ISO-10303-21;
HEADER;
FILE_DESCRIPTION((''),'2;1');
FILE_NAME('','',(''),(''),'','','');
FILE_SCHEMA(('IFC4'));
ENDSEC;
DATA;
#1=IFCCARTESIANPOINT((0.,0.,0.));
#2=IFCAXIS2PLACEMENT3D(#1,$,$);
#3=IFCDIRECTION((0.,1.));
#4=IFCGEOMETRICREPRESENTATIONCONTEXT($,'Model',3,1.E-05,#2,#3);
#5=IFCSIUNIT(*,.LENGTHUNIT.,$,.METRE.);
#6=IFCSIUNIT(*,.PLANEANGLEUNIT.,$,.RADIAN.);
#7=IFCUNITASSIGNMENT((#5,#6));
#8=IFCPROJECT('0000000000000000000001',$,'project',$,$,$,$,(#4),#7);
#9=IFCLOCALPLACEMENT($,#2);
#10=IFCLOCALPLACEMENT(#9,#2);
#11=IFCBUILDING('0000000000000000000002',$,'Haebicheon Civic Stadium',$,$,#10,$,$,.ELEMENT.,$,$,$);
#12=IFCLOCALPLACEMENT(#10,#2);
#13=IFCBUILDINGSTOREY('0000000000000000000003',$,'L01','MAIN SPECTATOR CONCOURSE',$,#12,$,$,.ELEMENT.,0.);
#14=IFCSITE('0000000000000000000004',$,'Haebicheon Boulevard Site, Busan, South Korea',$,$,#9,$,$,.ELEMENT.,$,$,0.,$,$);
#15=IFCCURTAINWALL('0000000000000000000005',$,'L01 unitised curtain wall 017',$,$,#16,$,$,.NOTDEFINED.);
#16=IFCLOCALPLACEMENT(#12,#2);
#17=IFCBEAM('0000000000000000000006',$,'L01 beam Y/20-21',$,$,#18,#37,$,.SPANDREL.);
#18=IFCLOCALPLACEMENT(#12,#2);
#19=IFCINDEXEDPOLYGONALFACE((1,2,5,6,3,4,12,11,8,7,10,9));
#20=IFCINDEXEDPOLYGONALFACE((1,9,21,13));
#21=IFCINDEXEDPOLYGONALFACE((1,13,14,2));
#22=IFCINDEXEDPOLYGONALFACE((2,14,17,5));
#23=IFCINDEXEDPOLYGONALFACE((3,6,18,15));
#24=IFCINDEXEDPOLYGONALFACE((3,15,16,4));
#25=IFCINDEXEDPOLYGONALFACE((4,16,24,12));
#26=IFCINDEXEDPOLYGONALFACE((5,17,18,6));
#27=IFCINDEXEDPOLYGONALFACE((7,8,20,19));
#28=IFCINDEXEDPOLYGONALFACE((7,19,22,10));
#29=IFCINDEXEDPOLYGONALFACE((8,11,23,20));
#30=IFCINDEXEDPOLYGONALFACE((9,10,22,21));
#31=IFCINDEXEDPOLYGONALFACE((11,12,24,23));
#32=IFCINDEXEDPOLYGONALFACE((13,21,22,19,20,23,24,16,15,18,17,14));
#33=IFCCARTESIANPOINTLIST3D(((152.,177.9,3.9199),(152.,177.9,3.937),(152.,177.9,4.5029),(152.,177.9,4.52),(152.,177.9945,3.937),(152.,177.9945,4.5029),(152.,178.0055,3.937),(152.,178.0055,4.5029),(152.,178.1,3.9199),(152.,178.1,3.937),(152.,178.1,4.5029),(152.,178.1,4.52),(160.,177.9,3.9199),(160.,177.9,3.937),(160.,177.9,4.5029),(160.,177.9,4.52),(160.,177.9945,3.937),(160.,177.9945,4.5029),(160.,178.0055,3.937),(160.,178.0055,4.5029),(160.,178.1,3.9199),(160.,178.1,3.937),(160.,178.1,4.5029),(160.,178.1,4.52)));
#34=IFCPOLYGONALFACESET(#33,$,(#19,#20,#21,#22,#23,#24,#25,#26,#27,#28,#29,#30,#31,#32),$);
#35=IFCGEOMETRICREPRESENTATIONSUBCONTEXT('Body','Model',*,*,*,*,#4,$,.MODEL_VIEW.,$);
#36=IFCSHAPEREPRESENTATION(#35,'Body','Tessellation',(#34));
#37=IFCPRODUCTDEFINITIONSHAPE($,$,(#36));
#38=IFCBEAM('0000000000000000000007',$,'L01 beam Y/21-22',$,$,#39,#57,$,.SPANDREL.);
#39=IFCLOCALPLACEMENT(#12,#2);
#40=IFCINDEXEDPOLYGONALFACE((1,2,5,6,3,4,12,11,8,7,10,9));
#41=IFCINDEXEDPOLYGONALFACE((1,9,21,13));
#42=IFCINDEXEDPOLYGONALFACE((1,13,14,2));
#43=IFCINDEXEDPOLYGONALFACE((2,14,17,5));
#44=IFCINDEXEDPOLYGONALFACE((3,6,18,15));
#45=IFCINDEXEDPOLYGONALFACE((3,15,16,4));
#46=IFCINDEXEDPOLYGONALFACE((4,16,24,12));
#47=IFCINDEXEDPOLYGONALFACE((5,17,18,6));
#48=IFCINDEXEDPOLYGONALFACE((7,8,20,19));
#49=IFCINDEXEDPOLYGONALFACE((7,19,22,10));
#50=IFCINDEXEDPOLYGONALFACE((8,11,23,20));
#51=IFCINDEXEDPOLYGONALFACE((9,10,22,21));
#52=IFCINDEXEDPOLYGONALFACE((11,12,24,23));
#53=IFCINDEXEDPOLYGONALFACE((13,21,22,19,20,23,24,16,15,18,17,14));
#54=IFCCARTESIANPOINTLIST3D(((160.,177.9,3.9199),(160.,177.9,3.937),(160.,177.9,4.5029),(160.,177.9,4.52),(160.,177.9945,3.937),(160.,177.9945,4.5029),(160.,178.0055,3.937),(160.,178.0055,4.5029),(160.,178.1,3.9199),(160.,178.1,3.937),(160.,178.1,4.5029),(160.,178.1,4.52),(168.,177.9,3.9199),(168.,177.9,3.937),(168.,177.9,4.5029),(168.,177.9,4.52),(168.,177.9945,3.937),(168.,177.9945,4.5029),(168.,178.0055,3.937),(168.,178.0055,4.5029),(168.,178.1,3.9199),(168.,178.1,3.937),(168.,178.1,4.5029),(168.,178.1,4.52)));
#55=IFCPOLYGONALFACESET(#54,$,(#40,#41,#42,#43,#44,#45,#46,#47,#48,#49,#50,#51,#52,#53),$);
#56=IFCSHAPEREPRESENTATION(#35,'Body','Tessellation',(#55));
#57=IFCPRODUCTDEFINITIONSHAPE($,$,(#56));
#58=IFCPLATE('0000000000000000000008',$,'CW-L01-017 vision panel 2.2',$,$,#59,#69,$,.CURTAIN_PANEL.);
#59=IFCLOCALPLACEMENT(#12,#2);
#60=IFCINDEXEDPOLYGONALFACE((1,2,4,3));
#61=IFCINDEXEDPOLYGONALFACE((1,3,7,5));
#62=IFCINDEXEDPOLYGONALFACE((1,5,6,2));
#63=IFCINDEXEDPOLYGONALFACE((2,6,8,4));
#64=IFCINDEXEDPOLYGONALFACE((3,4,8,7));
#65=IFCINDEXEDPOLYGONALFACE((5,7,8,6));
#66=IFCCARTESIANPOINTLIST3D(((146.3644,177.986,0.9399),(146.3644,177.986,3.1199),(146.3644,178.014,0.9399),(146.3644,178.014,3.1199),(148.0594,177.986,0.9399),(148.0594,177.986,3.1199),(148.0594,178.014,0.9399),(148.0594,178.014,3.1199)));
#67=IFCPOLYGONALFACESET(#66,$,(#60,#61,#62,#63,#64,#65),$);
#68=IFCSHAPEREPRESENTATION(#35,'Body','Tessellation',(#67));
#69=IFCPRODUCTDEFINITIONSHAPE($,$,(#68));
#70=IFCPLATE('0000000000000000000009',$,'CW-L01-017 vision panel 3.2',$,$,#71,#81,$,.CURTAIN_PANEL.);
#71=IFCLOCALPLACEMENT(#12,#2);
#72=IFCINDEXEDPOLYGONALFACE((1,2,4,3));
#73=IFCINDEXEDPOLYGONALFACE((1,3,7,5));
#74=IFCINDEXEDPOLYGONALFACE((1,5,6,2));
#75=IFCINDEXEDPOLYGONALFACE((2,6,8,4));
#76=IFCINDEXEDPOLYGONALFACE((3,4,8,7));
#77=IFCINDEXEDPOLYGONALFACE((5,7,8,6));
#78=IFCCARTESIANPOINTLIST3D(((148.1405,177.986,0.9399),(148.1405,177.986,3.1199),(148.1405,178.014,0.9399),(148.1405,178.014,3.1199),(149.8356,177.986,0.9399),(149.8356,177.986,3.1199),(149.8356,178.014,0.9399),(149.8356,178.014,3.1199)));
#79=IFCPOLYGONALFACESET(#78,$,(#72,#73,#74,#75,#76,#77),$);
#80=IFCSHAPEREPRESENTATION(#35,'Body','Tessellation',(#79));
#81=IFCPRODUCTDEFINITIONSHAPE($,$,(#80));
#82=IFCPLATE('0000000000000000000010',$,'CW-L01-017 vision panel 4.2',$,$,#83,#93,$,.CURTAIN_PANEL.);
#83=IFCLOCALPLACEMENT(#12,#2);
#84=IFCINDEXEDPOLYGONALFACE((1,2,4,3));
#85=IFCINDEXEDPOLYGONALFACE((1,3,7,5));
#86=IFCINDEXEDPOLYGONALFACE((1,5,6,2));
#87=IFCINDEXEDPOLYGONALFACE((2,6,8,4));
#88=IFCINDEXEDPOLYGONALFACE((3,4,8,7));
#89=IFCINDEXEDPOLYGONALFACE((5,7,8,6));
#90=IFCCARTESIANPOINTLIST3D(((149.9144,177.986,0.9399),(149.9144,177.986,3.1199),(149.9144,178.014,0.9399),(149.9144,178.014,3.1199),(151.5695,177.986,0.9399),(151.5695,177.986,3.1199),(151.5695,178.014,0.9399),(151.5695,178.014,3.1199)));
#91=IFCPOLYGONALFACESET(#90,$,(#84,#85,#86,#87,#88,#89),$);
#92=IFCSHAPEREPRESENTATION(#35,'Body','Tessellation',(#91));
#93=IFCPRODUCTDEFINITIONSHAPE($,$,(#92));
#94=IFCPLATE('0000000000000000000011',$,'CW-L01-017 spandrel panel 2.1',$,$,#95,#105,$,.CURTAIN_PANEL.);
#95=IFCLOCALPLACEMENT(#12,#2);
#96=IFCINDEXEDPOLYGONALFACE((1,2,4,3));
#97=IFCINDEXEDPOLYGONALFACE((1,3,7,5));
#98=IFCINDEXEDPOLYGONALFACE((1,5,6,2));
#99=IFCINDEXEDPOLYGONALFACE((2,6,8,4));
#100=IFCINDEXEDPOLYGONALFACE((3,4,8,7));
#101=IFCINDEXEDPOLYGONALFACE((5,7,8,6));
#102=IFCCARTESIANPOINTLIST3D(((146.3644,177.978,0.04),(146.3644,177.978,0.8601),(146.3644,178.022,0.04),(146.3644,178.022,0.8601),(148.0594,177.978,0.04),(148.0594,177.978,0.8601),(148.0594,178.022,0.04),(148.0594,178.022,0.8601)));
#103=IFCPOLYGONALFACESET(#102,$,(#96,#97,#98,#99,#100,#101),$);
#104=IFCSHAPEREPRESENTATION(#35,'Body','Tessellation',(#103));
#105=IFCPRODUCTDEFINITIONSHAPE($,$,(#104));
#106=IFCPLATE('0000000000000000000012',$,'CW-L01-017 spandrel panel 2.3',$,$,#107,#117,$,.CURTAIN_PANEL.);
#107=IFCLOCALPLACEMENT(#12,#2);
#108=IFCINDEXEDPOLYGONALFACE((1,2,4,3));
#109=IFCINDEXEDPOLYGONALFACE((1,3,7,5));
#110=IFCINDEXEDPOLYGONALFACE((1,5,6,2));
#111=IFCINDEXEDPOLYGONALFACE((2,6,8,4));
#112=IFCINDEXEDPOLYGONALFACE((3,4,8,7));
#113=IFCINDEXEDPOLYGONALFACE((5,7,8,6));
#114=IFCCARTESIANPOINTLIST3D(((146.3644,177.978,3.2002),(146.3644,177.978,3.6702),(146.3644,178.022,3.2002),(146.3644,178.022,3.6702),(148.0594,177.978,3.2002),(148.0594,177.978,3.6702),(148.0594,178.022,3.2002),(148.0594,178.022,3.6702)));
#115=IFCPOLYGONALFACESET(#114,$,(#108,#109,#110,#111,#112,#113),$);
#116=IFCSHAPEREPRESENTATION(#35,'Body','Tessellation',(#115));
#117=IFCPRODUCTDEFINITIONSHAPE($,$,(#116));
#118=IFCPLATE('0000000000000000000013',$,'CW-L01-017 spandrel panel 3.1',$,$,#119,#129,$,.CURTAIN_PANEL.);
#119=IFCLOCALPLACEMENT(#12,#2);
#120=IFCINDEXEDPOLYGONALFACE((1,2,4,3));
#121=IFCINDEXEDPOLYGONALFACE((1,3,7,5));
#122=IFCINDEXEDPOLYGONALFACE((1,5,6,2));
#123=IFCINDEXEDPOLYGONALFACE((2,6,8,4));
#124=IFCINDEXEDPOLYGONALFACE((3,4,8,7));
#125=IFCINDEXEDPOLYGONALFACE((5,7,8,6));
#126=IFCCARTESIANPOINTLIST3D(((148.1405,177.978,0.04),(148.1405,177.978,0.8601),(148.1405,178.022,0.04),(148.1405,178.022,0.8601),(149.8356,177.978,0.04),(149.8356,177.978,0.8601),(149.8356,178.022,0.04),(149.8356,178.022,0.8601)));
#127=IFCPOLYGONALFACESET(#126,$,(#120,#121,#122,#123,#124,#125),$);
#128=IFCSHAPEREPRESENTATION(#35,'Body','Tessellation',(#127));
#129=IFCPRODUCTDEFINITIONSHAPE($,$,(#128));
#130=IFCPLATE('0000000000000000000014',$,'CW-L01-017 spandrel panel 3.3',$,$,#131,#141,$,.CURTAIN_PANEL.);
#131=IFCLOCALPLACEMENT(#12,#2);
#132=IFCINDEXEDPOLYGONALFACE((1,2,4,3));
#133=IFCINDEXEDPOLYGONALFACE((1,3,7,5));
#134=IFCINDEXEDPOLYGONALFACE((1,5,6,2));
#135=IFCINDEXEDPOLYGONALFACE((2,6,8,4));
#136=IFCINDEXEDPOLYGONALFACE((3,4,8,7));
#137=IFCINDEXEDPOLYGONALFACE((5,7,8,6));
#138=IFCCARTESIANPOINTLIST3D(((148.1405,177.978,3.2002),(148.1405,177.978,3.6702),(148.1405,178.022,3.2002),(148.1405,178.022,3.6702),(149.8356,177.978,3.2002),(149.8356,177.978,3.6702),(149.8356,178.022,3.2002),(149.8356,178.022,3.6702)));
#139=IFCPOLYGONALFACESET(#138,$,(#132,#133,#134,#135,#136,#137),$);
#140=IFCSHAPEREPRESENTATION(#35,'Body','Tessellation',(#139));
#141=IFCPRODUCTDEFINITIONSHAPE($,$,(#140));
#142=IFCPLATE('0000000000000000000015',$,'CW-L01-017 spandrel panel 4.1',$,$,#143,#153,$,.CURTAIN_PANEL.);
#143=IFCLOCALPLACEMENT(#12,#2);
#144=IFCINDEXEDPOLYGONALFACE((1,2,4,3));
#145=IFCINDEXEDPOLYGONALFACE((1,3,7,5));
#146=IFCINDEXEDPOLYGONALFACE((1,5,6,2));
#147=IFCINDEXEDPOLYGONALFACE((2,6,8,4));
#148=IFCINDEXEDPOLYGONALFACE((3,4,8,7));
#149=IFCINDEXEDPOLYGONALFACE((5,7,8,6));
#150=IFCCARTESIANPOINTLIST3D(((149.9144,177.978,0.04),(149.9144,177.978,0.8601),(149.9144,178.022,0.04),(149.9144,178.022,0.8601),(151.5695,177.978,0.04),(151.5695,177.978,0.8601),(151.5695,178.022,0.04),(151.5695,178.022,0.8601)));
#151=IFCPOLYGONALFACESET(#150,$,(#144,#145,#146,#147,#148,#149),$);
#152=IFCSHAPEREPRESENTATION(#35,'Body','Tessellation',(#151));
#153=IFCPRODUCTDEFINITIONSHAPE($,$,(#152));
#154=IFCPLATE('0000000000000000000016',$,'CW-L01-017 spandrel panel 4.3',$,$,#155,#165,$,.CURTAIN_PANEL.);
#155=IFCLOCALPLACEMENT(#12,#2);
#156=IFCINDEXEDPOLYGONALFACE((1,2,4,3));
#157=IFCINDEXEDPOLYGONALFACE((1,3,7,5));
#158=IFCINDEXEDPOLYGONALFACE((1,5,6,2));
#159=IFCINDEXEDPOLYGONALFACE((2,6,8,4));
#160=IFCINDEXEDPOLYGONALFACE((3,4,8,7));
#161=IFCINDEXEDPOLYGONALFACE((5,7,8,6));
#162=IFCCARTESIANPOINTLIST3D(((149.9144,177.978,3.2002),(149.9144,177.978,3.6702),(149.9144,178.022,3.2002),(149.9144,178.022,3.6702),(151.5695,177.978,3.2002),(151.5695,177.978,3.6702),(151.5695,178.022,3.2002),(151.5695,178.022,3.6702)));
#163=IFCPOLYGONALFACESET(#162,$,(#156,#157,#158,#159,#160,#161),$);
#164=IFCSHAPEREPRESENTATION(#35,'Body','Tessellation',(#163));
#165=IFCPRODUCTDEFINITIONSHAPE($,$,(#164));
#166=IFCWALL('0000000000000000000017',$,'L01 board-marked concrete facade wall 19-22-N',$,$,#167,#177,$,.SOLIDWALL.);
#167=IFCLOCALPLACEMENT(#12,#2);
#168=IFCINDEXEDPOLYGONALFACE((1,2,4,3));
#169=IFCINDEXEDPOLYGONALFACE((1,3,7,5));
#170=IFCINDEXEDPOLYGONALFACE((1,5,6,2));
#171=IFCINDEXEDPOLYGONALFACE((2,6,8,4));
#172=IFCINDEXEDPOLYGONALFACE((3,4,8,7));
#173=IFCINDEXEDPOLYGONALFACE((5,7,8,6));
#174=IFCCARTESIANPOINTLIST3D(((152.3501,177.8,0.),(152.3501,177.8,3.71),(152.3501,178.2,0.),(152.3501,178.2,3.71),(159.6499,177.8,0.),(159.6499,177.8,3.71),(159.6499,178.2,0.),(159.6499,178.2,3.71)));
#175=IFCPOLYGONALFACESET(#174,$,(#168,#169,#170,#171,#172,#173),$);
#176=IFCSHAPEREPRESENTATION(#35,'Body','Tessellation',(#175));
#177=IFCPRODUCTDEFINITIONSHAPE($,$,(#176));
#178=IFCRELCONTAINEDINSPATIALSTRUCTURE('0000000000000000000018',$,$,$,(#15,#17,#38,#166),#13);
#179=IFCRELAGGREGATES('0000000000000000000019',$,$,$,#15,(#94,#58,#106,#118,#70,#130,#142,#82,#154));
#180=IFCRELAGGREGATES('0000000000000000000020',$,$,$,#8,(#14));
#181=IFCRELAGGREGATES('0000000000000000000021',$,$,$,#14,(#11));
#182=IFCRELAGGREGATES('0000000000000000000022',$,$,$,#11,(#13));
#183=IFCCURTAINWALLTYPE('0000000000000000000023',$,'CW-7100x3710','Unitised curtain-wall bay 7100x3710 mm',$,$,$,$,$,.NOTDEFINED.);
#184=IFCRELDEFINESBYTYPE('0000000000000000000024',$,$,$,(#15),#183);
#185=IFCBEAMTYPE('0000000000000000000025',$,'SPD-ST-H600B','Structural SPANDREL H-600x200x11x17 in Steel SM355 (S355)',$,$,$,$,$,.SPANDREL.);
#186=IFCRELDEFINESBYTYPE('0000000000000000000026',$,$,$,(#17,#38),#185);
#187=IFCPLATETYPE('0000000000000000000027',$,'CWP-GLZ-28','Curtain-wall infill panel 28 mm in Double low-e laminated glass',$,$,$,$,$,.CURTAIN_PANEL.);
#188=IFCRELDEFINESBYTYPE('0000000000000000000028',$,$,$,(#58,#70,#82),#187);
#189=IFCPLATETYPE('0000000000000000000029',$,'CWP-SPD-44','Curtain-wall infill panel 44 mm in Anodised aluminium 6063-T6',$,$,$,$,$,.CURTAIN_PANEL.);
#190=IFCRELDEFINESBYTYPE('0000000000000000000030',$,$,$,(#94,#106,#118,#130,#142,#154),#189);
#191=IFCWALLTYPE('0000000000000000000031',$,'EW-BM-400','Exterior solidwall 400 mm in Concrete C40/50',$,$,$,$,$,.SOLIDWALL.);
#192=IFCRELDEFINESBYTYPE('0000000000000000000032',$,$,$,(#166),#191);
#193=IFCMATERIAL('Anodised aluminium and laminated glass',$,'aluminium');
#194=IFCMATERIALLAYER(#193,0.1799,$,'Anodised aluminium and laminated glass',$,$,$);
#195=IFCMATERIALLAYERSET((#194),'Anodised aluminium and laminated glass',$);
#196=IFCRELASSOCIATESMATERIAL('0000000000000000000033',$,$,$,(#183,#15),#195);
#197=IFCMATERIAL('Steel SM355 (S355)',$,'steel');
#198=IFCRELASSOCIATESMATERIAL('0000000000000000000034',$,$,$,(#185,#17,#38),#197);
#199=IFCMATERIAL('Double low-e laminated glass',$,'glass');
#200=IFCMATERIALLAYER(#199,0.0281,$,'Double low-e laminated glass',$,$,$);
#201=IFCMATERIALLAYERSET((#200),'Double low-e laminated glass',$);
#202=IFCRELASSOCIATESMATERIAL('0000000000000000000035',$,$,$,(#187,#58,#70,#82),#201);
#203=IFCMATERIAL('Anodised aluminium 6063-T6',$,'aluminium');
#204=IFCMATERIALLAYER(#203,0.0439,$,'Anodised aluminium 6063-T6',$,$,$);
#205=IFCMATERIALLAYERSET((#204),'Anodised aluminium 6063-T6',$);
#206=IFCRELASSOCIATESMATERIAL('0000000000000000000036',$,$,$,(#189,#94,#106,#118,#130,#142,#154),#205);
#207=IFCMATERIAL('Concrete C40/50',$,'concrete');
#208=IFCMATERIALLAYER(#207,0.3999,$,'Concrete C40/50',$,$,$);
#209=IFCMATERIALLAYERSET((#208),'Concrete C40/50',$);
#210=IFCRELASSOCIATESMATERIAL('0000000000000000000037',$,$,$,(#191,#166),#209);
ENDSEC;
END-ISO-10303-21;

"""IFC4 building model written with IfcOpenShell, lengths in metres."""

from ifc_helpers import new_model, si_unit, direction, frame, frame_2d, origin, origin_2d, place, context, subcontext, project, spatial, rectangle, i_section, extrude, material, layer, layer_set, material_profile, profile_set, type_object, element, aggregate, save


model = new_model("IFC4")

# Units and contexts
model_context = context("Model", 3, precision=1e-05, world=origin(), true_north=direction((0.0, 1.0)))
body_context = subcontext(model_context, "Body", "Model", "MODEL_VIEW")
ifc_project = project(units=[si_unit("LENGTHUNIT", "METRE"), si_unit("PLANEANGLEUNIT", "RADIAN")], contexts=[model_context])

# Site, building, storey
site_placement = place(None, origin())
site = spatial("IfcSite", under=ifc_project, at=site_placement, Name="Haebicheon Boulevard Site, Busan, South Korea", CompositionType="ELEMENT", RefElevation=0.0)
building_placement = place(site_placement, origin())
building = spatial("IfcBuilding", under=site, at=building_placement, Name="Haebicheon Civic Stadium", CompositionType="ELEMENT")
storey_placement = place(building_placement, origin())
storey = spatial("IfcBuildingStorey", under=building, at=storey_placement, Name="L01", Description="MAIN SPECTATOR CONCOURSE", CompositionType="ELEMENT", Elevation=0.0)

# Curtain wall
ifc_material_1 = material(Name="Anodised aluminium and laminated glass", Category="aluminium")
ifc_layer_1 = layer(ifc_material_1, 0.1799, Name="Anodised aluminium and laminated glass")
ifc_layer_set_1 = layer_set([ifc_layer_1], Name="Anodised aluminium and laminated glass")
curtain_wall_type = type_object("IfcCurtainWallType", Name="CW-7100x3710", Description="Unitised curtain-wall bay 7100x3710 mm", PredefinedType="NOTDEFINED", material=ifc_layer_set_1)
curtain_wall_placement = place(storey_placement, origin())
curtain_wall = element("IfcCurtainWall", 1, at=curtain_wall_placement, inside=storey, type_object=curtain_wall_type, material=ifc_layer_set_1, Name="L01 unitised curtain wall 017", PredefinedType="NOTDEFINED")

# Beams
ifc_material_2 = material(Name="Steel SM355 (S355)", Category="steel")
ifc_material_profile_1 = material_profile(ifc_material_2, i_section(OverallWidth=0.2, OverallDepth=0.6001, WebThickness=0.011, FlangeThickness=0.0171, at=origin_2d()), Name="H-600x200x11x17")
ifc_profile_set_1 = profile_set([ifc_material_profile_1], Name="Steel SM355 (S355)")
beam_type_1 = type_object("IfcBeamType", Name="SPD-ST-H600B", Description="Structural SPANDREL H-600x200x11x17 in Steel SM355 (S355)", PredefinedType="SPANDREL", material=ifc_profile_set_1)
for number, where, z_axis, x_axis, name in (
    (2, (152.0, 178.0, 4.22), (1.0, 0.0, 0.0), (0.0, 1.0, 0.0), "L01 beam Y/20-21"),
    (3, (160.0, 178.0, 4.22), (1.0, 0.0, 0.0), (0.0, 1.0, 0.0), "L01 beam Y/21-22"),
):
    element("IfcBeam", number, at=place(storey_placement, frame(where, z_axis=z_axis, x_axis=x_axis)), inside=storey, type_object=beam_type_1, material=ifc_profile_set_1, Name=name, PredefinedType="SPANDREL", context=body_context, shape_type="SweptSolid", body=[
        extrude(i_section(OverallWidth=0.2, OverallDepth=0.6001, WebThickness=0.011, FlangeThickness=0.0171, at=origin_2d()), origin(), (0.0, 0.0, 1.0), 8.0),
    ])

# Plates
ifc_material_3 = material(Name="Double low-e laminated glass", Category="glass")
ifc_layer_2 = layer(ifc_material_3, 0.0281, Name="Double low-e laminated glass")
ifc_layer_set_2 = layer_set([ifc_layer_2], Name="Double low-e laminated glass")
plate_type_1 = type_object("IfcPlateType", Name="CWP-GLZ-28", Description="Curtain-wall infill panel 28 mm in Double low-e laminated glass", PredefinedType="CURTAIN_PANEL", material=ifc_layer_set_2)
plate_1_placement = place(storey_placement, frame((147.2119, 178.0, 0.9399), z_axis=(0.0, 0.0, 1.0), x_axis=(1.0, 0.0, 0.0)))
plate_1 = element("IfcPlate", 4, at=plate_1_placement, type_object=plate_type_1, material=ifc_layer_set_2, Name="CW-L01-017 vision panel 2.2", PredefinedType="CURTAIN_PANEL", context=body_context, shape_type="SweptSolid", body=[
    extrude(rectangle(XDim=1.6951, YDim=0.0281, at=origin_2d()), origin(), (0.0, 0.0, 1.0), 2.1799),
])
plate_2_placement = place(storey_placement, frame((148.988, 178.0, 0.9399), z_axis=(0.0, 0.0, 1.0), x_axis=(1.0, 0.0, 0.0)))
plate_2 = element("IfcPlate", 5, at=plate_2_placement, type_object=plate_type_1, material=ifc_layer_set_2, Name="CW-L01-017 vision panel 3.2", PredefinedType="CURTAIN_PANEL", context=body_context, shape_type="SweptSolid", body=[
    extrude(rectangle(XDim=1.6951, YDim=0.0281, at=origin_2d()), origin(), (0.0, 0.0, 1.0), 2.1799),
])
plate_3_placement = place(storey_placement, frame((150.7419, 178.0, 0.9399), z_axis=(0.0, 0.0, 1.0), x_axis=(1.0, 0.0, 0.0)))
plate_3 = element("IfcPlate", 6, at=plate_3_placement, type_object=plate_type_1, material=ifc_layer_set_2, Name="CW-L01-017 vision panel 4.2", PredefinedType="CURTAIN_PANEL", context=body_context, shape_type="SweptSolid", body=[
    extrude(rectangle(XDim=1.655, YDim=0.0281, at=origin_2d()), origin(), (0.0, 0.0, 1.0), 2.1799),
])
ifc_material_4 = material(Name="Anodised aluminium 6063-T6", Category="aluminium")
ifc_layer_3 = layer(ifc_material_4, 0.0439, Name="Anodised aluminium 6063-T6")
ifc_layer_set_3 = layer_set([ifc_layer_3], Name="Anodised aluminium 6063-T6")
plate_type_2 = type_object("IfcPlateType", Name="CWP-SPD-44", Description="Curtain-wall infill panel 44 mm in Anodised aluminium 6063-T6", PredefinedType="CURTAIN_PANEL", material=ifc_layer_set_3)
plate_4_placement = place(storey_placement, frame((147.2119, 178.0, 0.04), z_axis=(0.0, 0.0, 1.0), x_axis=(1.0, 0.0, 0.0)))
plate_4 = element("IfcPlate", 7, at=plate_4_placement, type_object=plate_type_2, material=ifc_layer_set_3, Name="CW-L01-017 spandrel panel 2.1", PredefinedType="CURTAIN_PANEL", context=body_context, shape_type="SweptSolid", body=[
    extrude(rectangle(XDim=1.6951, YDim=0.0439, at=origin_2d()), origin(), (0.0, 0.0, 1.0), 0.8201),
])
plate_5_placement = place(storey_placement, frame((147.2119, 178.0, 3.2002), z_axis=(0.0, 0.0, 1.0), x_axis=(1.0, 0.0, 0.0)))
plate_5 = element("IfcPlate", 8, at=plate_5_placement, type_object=plate_type_2, material=ifc_layer_set_3, Name="CW-L01-017 spandrel panel 2.3", PredefinedType="CURTAIN_PANEL", context=body_context, shape_type="SweptSolid", body=[
    extrude(rectangle(XDim=1.6951, YDim=0.0439, at=origin_2d()), origin(), (0.0, 0.0, 1.0), 0.47),
])
plate_6_placement = place(storey_placement, frame((148.988, 178.0, 0.04), z_axis=(0.0, 0.0, 1.0), x_axis=(1.0, 0.0, 0.0)))
plate_6 = element("IfcPlate", 9, at=plate_6_placement, type_object=plate_type_2, material=ifc_layer_set_3, Name="CW-L01-017 spandrel panel 3.1", PredefinedType="CURTAIN_PANEL", context=body_context, shape_type="SweptSolid", body=[
    extrude(rectangle(XDim=1.6951, YDim=0.0439, at=origin_2d()), origin(), (0.0, 0.0, 1.0), 0.8201),
])
plate_7_placement = place(storey_placement, frame((148.988, 178.0, 3.2002), z_axis=(0.0, 0.0, 1.0), x_axis=(1.0, 0.0, 0.0)))
plate_7 = element("IfcPlate", 10, at=plate_7_placement, type_object=plate_type_2, material=ifc_layer_set_3, Name="CW-L01-017 spandrel panel 3.3", PredefinedType="CURTAIN_PANEL", context=body_context, shape_type="SweptSolid", body=[
    extrude(rectangle(XDim=1.6951, YDim=0.0439, at=origin_2d()), origin(), (0.0, 0.0, 1.0), 0.47),
])
plate_8_placement = place(storey_placement, frame((150.7419, 178.0, 0.04), z_axis=(0.0, 0.0, 1.0), x_axis=(1.0, 0.0, 0.0)))
plate_8 = element("IfcPlate", 11, at=plate_8_placement, type_object=plate_type_2, material=ifc_layer_set_3, Name="CW-L01-017 spandrel panel 4.1", PredefinedType="CURTAIN_PANEL", context=body_context, shape_type="SweptSolid", body=[
    extrude(rectangle(XDim=1.655, YDim=0.0439, at=origin_2d()), origin(), (0.0, 0.0, 1.0), 0.8201),
])
plate_9_placement = place(storey_placement, frame((150.7419, 178.0, 3.2002), z_axis=(0.0, 0.0, 1.0), x_axis=(1.0, 0.0, 0.0)))
plate_9 = element("IfcPlate", 12, at=plate_9_placement, type_object=plate_type_2, material=ifc_layer_set_3, Name="CW-L01-017 spandrel panel 4.3", PredefinedType="CURTAIN_PANEL", context=body_context, shape_type="SweptSolid", body=[
    extrude(rectangle(XDim=1.655, YDim=0.0439, at=origin_2d()), origin(), (0.0, 0.0, 1.0), 0.47),
])
aggregate(curtain_wall, [plate_4, plate_1, plate_5, plate_6, plate_2, plate_7, plate_8, plate_3, plate_9])

# Wall
ifc_material_5 = material(Name="Concrete C40/50", Category="concrete")
ifc_layer_4 = layer(ifc_material_5, 0.3999, Name="Concrete C40/50")
ifc_layer_set_4 = layer_set([ifc_layer_4], Name="Concrete C40/50")
wall_type_1 = type_object("IfcWallType", Name="EW-BM-400", Description="Exterior solidwall 400 mm in Concrete C40/50", PredefinedType="SOLIDWALL", material=ifc_layer_set_4)
wall_1_placement = place(storey_placement, frame((152.3501, 178.0, 0.0), z_axis=(0.0, 0.0, 1.0), x_axis=(1.0, 0.0, 0.0)))
element("IfcWall", 13, at=wall_1_placement, inside=storey, type_object=wall_type_1, material=ifc_layer_set_4, Name="L01 board-marked concrete facade wall 19-22-N", PredefinedType="SOLIDWALL", context=body_context, shape_type="SweptSolid", body=[
    extrude(rectangle(XDim=7.2998, YDim=0.3999, at=frame_2d((3.6499, 0.0))), origin(), (0.0, 0.0, 1.0), 3.71),
])

save(model, "model.ifc")
